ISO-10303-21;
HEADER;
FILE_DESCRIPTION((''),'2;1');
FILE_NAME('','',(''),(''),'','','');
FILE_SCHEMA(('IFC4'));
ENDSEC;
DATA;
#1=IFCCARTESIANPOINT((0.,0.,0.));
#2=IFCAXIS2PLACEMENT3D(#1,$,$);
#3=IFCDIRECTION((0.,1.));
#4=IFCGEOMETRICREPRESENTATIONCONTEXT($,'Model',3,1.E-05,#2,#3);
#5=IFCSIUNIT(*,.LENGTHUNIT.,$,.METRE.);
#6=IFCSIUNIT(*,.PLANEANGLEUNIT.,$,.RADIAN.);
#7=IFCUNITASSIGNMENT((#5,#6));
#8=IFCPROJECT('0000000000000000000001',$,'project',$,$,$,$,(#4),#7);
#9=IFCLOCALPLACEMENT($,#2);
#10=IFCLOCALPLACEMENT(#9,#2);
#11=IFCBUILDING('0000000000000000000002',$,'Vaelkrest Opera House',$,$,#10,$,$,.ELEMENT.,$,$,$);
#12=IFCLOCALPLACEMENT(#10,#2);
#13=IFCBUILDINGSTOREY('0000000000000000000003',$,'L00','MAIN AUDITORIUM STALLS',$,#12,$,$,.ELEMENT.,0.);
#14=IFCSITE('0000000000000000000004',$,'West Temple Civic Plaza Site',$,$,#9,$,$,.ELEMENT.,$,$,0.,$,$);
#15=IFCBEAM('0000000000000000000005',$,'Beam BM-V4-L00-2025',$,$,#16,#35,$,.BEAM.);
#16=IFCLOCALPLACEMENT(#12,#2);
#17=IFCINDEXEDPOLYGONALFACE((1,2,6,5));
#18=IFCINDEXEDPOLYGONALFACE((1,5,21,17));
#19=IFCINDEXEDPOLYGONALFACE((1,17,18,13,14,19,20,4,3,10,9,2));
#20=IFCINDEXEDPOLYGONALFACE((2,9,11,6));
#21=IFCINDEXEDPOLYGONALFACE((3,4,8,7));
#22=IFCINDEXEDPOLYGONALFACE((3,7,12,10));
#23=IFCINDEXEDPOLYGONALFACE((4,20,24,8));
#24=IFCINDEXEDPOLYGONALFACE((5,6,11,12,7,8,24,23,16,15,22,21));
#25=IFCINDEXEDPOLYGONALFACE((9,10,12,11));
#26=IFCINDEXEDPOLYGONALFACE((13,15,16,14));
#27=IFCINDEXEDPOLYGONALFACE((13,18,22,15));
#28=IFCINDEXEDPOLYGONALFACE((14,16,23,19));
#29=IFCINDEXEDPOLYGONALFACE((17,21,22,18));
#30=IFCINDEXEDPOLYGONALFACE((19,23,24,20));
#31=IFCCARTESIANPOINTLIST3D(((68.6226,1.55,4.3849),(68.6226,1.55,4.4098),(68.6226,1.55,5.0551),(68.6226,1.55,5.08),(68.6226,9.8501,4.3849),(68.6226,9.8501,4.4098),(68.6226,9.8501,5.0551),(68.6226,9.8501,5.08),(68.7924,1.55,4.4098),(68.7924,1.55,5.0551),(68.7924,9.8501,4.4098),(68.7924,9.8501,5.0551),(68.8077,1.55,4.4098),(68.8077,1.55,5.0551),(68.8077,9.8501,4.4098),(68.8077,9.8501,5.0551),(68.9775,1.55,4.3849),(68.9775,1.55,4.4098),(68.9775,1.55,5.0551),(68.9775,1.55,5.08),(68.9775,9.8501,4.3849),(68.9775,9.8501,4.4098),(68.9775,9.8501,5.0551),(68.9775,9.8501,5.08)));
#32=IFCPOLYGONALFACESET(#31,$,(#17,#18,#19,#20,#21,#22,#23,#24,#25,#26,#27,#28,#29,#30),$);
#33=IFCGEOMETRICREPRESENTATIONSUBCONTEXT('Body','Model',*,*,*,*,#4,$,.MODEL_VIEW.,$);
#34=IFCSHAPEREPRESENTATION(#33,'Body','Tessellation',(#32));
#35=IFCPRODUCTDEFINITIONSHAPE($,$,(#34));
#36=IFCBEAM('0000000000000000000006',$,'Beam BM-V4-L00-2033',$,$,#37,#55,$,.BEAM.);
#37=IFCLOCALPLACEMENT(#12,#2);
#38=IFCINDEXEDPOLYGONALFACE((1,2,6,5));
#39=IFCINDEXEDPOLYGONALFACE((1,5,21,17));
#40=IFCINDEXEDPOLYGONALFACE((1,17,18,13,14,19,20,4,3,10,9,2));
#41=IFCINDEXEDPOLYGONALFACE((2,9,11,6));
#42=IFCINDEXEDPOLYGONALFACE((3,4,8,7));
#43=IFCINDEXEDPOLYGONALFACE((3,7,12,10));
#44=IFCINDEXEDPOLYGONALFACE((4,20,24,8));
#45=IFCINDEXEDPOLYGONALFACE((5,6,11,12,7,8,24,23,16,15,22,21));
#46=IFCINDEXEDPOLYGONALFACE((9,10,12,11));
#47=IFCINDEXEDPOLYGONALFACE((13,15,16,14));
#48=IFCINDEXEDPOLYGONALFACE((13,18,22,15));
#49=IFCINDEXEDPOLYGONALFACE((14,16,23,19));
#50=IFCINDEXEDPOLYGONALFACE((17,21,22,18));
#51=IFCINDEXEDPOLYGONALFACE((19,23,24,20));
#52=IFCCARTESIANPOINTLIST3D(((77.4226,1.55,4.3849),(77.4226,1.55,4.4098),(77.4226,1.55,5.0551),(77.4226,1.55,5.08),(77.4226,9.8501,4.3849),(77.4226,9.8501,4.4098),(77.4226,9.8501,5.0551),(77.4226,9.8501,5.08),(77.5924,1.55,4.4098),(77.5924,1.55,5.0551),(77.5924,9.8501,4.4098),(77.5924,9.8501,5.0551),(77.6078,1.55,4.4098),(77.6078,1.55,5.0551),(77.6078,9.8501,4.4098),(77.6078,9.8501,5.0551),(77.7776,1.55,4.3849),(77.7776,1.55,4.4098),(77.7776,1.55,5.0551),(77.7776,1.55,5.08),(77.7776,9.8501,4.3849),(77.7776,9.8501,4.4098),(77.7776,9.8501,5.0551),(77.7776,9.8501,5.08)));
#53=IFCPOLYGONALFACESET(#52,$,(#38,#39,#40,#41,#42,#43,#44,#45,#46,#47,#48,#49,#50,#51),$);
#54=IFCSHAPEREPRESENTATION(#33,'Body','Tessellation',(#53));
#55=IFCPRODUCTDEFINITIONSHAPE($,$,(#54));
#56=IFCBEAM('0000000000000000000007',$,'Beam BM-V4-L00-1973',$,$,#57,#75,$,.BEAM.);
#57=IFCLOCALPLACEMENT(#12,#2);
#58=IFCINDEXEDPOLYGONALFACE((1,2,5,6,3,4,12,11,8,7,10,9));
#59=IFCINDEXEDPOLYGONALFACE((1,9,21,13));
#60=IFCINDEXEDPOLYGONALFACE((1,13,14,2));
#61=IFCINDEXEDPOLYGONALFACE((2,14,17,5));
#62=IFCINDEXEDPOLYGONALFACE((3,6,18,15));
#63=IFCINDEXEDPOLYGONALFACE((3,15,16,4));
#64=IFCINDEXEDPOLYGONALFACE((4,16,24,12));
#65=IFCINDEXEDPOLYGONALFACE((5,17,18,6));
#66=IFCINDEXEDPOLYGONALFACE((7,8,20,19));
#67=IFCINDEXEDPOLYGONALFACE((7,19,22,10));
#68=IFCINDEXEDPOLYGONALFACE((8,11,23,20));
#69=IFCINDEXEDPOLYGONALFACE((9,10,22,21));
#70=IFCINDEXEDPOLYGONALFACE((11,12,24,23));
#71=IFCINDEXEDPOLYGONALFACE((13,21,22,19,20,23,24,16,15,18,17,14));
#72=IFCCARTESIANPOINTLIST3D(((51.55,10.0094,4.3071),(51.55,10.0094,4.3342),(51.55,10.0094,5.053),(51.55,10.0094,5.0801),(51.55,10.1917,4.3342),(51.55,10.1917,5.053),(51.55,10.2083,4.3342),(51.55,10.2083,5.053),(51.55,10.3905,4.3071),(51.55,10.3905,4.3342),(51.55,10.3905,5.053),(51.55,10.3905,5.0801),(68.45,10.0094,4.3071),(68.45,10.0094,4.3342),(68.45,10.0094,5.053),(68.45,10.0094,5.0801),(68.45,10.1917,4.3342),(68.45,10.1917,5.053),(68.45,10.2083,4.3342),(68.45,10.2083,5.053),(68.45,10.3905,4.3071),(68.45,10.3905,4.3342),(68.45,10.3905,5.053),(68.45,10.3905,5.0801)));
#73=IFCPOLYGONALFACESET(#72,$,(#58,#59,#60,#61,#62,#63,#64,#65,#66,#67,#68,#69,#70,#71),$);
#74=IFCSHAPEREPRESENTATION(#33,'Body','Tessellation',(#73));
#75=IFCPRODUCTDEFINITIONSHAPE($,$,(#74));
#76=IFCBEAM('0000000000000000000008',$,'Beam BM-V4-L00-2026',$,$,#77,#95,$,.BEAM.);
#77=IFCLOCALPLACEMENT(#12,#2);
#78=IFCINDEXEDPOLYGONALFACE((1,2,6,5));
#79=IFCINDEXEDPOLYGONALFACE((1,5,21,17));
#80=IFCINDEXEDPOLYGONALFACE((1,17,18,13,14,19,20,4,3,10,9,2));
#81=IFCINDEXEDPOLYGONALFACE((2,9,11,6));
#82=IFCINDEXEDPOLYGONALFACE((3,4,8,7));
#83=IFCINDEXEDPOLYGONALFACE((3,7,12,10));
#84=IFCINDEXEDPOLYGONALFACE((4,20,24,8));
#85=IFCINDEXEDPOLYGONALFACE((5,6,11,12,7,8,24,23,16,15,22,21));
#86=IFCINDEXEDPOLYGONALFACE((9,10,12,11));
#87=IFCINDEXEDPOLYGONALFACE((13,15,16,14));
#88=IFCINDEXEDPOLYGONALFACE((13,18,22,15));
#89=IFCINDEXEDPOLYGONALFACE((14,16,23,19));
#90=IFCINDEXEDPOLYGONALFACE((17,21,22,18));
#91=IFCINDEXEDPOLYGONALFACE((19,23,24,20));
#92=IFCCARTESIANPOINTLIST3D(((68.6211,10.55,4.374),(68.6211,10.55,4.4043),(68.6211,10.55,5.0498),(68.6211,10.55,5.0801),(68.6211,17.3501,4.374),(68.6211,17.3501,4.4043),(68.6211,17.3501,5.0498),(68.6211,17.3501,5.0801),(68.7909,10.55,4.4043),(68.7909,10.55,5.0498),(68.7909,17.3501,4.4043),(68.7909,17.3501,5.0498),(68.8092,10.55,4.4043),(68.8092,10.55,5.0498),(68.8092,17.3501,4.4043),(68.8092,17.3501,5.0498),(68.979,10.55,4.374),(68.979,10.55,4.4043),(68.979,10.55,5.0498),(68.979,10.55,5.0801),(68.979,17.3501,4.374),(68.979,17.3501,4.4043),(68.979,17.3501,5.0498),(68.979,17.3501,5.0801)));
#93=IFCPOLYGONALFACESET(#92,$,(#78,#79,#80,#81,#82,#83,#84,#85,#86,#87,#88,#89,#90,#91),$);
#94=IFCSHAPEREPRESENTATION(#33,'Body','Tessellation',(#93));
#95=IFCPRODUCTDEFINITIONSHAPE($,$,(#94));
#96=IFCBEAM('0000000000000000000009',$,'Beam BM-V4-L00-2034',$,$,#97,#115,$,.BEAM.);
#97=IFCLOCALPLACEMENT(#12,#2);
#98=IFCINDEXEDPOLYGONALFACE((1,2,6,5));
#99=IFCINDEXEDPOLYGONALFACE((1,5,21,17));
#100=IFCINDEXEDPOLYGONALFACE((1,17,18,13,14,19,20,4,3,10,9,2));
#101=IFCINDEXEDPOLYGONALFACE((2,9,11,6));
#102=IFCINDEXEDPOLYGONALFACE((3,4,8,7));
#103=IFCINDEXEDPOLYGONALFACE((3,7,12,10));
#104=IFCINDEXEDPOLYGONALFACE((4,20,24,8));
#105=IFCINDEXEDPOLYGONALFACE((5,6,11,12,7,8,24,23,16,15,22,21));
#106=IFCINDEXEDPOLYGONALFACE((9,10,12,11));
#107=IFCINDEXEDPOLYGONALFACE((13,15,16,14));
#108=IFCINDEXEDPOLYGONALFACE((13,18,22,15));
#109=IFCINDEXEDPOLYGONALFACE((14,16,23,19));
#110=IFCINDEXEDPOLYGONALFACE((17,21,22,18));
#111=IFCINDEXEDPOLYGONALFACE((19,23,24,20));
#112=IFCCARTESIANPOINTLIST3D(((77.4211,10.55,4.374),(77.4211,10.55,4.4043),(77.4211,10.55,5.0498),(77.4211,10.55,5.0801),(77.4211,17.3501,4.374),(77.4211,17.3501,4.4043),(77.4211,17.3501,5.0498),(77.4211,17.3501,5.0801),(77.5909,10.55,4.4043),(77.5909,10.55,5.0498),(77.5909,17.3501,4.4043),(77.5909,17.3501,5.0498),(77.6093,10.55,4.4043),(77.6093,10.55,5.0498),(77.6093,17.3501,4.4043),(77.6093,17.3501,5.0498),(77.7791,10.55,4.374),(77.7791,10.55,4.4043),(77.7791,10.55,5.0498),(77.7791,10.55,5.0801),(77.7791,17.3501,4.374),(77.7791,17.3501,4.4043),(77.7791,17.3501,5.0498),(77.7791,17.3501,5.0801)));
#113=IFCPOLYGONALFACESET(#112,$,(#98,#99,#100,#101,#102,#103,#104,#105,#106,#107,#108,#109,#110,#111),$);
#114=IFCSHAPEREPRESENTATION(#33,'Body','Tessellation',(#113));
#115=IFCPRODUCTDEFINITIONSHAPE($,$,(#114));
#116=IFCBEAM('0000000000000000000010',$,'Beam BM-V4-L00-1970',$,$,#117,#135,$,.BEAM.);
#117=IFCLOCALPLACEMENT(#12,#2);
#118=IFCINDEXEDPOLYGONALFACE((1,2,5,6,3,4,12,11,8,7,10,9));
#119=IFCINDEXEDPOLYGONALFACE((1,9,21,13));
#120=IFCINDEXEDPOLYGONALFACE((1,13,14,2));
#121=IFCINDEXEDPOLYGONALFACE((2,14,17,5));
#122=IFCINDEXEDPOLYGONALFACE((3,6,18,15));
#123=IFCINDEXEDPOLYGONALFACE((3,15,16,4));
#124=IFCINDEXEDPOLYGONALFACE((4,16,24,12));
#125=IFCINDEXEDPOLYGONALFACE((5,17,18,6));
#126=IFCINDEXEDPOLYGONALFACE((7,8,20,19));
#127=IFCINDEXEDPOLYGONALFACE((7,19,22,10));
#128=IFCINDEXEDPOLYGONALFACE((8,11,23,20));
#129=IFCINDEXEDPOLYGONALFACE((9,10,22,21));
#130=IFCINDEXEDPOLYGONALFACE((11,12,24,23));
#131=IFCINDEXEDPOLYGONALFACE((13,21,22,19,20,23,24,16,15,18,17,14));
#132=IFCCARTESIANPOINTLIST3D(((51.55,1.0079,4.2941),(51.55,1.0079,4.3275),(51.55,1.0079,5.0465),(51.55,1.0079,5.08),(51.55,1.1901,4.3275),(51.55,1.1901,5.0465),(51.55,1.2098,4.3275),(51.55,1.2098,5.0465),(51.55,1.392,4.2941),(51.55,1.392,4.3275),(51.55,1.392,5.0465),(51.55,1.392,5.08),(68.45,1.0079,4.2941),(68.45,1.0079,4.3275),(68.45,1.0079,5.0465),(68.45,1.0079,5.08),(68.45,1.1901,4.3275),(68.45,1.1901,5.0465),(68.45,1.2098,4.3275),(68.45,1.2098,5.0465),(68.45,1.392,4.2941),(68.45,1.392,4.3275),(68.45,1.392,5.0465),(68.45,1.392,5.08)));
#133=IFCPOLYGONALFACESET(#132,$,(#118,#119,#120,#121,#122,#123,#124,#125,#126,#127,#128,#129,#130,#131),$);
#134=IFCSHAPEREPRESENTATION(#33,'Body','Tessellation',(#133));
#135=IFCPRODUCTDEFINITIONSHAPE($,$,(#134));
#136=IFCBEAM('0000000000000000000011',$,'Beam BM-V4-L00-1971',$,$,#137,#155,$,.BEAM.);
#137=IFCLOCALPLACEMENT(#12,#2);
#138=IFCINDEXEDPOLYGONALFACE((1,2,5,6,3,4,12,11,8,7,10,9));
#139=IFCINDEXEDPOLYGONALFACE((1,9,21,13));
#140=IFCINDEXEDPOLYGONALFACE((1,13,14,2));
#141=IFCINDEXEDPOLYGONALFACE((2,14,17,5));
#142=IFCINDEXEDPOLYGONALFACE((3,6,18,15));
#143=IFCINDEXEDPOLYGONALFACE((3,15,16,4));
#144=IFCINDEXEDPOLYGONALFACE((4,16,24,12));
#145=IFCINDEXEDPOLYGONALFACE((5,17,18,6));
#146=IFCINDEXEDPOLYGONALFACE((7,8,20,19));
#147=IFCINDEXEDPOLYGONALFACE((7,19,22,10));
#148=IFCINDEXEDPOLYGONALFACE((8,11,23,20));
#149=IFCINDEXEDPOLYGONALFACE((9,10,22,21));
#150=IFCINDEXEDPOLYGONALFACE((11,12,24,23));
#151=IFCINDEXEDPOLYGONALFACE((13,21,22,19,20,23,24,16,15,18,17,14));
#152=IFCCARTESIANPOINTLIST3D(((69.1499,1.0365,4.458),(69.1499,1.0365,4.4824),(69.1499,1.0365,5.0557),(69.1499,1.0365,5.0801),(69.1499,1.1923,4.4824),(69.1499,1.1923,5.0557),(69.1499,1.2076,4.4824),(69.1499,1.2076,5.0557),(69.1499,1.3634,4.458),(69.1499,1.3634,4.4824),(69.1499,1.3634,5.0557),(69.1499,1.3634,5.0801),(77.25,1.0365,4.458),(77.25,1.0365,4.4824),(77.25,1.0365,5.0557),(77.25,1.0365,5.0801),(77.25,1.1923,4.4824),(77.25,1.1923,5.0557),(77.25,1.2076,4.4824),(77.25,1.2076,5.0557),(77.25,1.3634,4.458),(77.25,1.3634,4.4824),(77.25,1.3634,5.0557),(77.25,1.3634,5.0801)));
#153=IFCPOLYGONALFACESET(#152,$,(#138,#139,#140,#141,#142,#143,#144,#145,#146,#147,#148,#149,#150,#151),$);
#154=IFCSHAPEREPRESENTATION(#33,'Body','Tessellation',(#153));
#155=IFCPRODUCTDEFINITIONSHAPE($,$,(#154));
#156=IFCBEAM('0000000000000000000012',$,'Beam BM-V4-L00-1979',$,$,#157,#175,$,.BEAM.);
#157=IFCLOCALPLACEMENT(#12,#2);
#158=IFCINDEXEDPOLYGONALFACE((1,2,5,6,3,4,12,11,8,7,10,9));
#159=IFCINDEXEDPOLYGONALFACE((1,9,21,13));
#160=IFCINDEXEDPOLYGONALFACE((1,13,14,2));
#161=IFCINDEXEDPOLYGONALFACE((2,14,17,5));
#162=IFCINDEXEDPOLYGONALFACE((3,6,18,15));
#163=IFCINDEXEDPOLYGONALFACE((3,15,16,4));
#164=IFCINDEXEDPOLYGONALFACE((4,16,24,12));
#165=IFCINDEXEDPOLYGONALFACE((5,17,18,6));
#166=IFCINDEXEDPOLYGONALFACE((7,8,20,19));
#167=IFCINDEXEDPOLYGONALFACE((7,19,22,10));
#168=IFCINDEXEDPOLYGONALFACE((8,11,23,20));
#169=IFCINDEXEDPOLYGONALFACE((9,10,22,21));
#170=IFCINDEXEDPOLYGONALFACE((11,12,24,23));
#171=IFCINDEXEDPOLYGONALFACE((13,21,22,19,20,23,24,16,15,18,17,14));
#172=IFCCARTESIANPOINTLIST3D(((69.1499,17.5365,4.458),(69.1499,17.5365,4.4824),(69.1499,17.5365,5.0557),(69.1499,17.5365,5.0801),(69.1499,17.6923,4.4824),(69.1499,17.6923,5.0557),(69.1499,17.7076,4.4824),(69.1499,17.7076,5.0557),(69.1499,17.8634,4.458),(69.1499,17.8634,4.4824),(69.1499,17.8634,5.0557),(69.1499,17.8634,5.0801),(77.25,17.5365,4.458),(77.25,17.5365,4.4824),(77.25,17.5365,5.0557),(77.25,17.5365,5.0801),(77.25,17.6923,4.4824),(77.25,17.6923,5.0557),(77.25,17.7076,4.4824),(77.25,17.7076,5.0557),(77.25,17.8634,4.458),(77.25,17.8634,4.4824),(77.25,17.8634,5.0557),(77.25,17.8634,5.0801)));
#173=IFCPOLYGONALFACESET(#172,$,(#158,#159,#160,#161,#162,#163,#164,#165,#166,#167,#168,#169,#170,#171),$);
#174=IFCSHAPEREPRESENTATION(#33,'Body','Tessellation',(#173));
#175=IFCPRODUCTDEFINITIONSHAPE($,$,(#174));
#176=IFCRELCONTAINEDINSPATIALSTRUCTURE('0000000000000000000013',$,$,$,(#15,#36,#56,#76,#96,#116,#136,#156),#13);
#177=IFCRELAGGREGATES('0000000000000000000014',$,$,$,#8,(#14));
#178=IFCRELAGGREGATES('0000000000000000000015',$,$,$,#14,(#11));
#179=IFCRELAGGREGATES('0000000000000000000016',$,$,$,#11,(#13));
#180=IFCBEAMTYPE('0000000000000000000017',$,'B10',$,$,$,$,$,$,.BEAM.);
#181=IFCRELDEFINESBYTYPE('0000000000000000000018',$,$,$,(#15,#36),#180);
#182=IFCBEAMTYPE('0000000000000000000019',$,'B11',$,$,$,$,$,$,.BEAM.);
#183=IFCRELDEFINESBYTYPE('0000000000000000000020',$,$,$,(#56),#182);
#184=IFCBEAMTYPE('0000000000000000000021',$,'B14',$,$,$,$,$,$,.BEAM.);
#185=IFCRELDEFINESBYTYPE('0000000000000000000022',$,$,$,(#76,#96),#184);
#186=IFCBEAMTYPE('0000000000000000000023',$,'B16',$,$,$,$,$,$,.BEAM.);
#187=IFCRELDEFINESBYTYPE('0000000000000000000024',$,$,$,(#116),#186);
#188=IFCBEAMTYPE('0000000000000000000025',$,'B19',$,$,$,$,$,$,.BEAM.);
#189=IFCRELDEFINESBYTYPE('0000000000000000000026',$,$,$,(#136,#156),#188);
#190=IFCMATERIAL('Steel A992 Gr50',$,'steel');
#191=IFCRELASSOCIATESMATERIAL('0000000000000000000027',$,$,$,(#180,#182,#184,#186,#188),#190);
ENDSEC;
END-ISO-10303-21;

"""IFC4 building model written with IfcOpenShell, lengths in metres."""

from ifc_helpers import new_model, si_unit, direction, frame, origin, origin_2d, place, context, subcontext, project, spatial, i_section, extrude, material, material_profile, profile_set, type_object, element, save


model = new_model("IFC4")

# Units and contexts
model_context = context("Model", 3, precision=1e-05, world=origin(), true_north=direction((0.0, 1.0)))
body_context = subcontext(model_context, "Body", "Model", "MODEL_VIEW")
ifc_project = project(units=[si_unit("LENGTHUNIT", "METRE"), si_unit("PLANEANGLEUNIT", "RADIAN")], contexts=[model_context])

# Site, building, storey
site_placement = place(None, origin())
site = spatial("IfcSite", under=ifc_project, at=site_placement, Name="West Temple Civic Plaza Site", CompositionType="ELEMENT", RefElevation=0.0)
building_placement = place(site_placement, origin())
building = spatial("IfcBuilding", under=site, at=building_placement, Name="Vaelkrest Opera House", CompositionType="ELEMENT")
storey_placement = place(building_placement, origin())
storey = spatial("IfcBuildingStorey", under=building, at=storey_placement, Name="L00", Description="MAIN AUDITORIUM STALLS", CompositionType="ELEMENT", Elevation=0.0)

# Beams
ifc_material_1 = material(Name="Steel A992 Gr50", Category="steel")
ifc_material_profile_1 = material_profile(ifc_material_1, i_section(OverallWidth=0.355, OverallDepth=0.6951, WebThickness=0.0154, FlangeThickness=0.0249, at=origin_2d()), Name="W27X146")
ifc_profile_set_1 = profile_set([ifc_material_profile_1], Name="Steel A992 Gr50")
beam_type_1 = type_object("IfcBeamType", Name="B10", PredefinedType="BEAM", material=ifc_profile_set_1)
for number, where, z_axis, x_axis, name in (
    (1, (68.8, 1.55, 4.7324), (0.0, 1.0, 0.0), (-1.0, 0.0, 0.0), "Beam BM-V4-L00-2025"),
    (2, (77.6001, 1.55, 4.7324), (0.0, 1.0, 0.0), (-1.0, 0.0, 0.0), "Beam BM-V4-L00-2033"),
):
    element("IfcBeam", number, at=place(storey_placement, frame(where, z_axis=z_axis, x_axis=x_axis)), inside=storey, type_object=beam_type_1, Name=name, PredefinedType="BEAM", context=body_context, shape_type="SweptSolid", body=[
        extrude(i_section(OverallWidth=0.355, OverallDepth=0.6951, WebThickness=0.0154, FlangeThickness=0.0249, at=origin_2d()), origin(), (0.0, 0.0, 1.0), 8.3),
    ])
ifc_material_profile_2 = material_profile(ifc_material_1, i_section(OverallWidth=0.3811, OverallDepth=0.7729, WebThickness=0.0166, FlangeThickness=0.0271, at=origin_2d()), Name="W30X173")
ifc_profile_set_2 = profile_set([ifc_material_profile_2], Name="Steel A992 Gr50")
beam_type_2 = type_object("IfcBeamType", Name="B11", PredefinedType="BEAM", material=ifc_profile_set_2)
beam_1_placement = place(storey_placement, frame((51.55, 10.2, 4.6936), z_axis=(1.0, 0.0, 0.0), x_axis=(0.0, 1.0, 0.0)))
element("IfcBeam", 3, at=beam_1_placement, inside=storey, type_object=beam_type_2, Name="Beam BM-V4-L00-1973", PredefinedType="BEAM", context=body_context, shape_type="SweptSolid", body=[
    extrude(i_section(OverallWidth=0.3811, OverallDepth=0.7729, WebThickness=0.0166, FlangeThickness=0.0271, at=origin_2d()), origin(), (0.0, 0.0, 1.0), 16.8999),
])
ifc_material_profile_3 = material_profile(ifc_material_1, i_section(OverallWidth=0.3579, OverallDepth=0.7061, WebThickness=0.0183, FlangeThickness=0.0303, at=origin_2d()), Name="W27X178")
ifc_profile_set_3 = profile_set([ifc_material_profile_3], Name="Steel A992 Gr50")
beam_type_3 = type_object("IfcBeamType", Name="B14", PredefinedType="BEAM", material=ifc_profile_set_3)
for number, where, z_axis, x_axis, name in (
    (4, (68.8, 10.55, 4.7271), (0.0, 1.0, 0.0), (-1.0, 0.0, 0.0), "Beam BM-V4-L00-2026"),
    (5, (77.6001, 10.55, 4.7271), (0.0, 1.0, 0.0), (-1.0, 0.0, 0.0), "Beam BM-V4-L00-2034"),
):
    element("IfcBeam", number, at=place(storey_placement, frame(where, z_axis=z_axis, x_axis=x_axis)), inside=storey, type_object=beam_type_3, Name=name, PredefinedType="BEAM", context=body_context, shape_type="SweptSolid", body=[
        extrude(i_section(OverallWidth=0.3579, OverallDepth=0.7061, WebThickness=0.0183, FlangeThickness=0.0303, at=origin_2d()), origin(), (0.0, 0.0, 1.0), 6.8),
    ])
ifc_material_profile_4 = material_profile(ifc_material_1, i_section(OverallWidth=0.384, OverallDepth=0.7859, WebThickness=0.0198, FlangeThickness=0.0334, at=origin_2d()), Name="W30X211")
ifc_profile_set_4 = profile_set([ifc_material_profile_4], Name="Steel A992 Gr50")
beam_type_4 = type_object("IfcBeamType", Name="B16", PredefinedType="BEAM", material=ifc_profile_set_4)
beam_2_placement = place(storey_placement, frame((51.55, 1.2, 4.687), z_axis=(1.0, 0.0, 0.0), x_axis=(0.0, 1.0, 0.0)))
element("IfcBeam", 6, at=beam_2_placement, inside=storey, type_object=beam_type_4, Name="Beam BM-V4-L00-1970", PredefinedType="BEAM", context=body_context, shape_type="SweptSolid", body=[
    extrude(i_section(OverallWidth=0.384, OverallDepth=0.7859, WebThickness=0.0198, FlangeThickness=0.0334, at=origin_2d()), origin(), (0.0, 0.0, 1.0), 16.8999),
])
ifc_material_profile_5 = material_profile(ifc_material_1, i_section(OverallWidth=0.3269, OverallDepth=0.6221, WebThickness=0.0154, FlangeThickness=0.0244, at=origin_2d()), Name="W24X131")
ifc_profile_set_5 = profile_set([ifc_material_profile_5], Name="Steel A992 Gr50")
beam_type_5 = type_object("IfcBeamType", Name="B19", PredefinedType="BEAM", material=ifc_profile_set_5)
for number, where, z_axis, x_axis, name in (
    (7, (69.1499, 1.2, 4.769), (1.0, 0.0, 0.0), (0.0, 1.0, 0.0), "Beam BM-V4-L00-1971"),
    (8, (69.1499, 17.7, 4.769), (1.0, 0.0, 0.0), (0.0, 1.0, 0.0), "Beam BM-V4-L00-1979"),
):
    element("IfcBeam", number, at=place(storey_placement, frame(where, z_axis=z_axis, x_axis=x_axis)), inside=storey, type_object=beam_type_5, Name=name, PredefinedType="BEAM", context=body_context, shape_type="SweptSolid", body=[
        extrude(i_section(OverallWidth=0.3269, OverallDepth=0.6221, WebThickness=0.0154, FlangeThickness=0.0244, at=origin_2d()), origin(), (0.0, 0.0, 1.0), 8.1001),
    ])

save(model, "model.ifc")
